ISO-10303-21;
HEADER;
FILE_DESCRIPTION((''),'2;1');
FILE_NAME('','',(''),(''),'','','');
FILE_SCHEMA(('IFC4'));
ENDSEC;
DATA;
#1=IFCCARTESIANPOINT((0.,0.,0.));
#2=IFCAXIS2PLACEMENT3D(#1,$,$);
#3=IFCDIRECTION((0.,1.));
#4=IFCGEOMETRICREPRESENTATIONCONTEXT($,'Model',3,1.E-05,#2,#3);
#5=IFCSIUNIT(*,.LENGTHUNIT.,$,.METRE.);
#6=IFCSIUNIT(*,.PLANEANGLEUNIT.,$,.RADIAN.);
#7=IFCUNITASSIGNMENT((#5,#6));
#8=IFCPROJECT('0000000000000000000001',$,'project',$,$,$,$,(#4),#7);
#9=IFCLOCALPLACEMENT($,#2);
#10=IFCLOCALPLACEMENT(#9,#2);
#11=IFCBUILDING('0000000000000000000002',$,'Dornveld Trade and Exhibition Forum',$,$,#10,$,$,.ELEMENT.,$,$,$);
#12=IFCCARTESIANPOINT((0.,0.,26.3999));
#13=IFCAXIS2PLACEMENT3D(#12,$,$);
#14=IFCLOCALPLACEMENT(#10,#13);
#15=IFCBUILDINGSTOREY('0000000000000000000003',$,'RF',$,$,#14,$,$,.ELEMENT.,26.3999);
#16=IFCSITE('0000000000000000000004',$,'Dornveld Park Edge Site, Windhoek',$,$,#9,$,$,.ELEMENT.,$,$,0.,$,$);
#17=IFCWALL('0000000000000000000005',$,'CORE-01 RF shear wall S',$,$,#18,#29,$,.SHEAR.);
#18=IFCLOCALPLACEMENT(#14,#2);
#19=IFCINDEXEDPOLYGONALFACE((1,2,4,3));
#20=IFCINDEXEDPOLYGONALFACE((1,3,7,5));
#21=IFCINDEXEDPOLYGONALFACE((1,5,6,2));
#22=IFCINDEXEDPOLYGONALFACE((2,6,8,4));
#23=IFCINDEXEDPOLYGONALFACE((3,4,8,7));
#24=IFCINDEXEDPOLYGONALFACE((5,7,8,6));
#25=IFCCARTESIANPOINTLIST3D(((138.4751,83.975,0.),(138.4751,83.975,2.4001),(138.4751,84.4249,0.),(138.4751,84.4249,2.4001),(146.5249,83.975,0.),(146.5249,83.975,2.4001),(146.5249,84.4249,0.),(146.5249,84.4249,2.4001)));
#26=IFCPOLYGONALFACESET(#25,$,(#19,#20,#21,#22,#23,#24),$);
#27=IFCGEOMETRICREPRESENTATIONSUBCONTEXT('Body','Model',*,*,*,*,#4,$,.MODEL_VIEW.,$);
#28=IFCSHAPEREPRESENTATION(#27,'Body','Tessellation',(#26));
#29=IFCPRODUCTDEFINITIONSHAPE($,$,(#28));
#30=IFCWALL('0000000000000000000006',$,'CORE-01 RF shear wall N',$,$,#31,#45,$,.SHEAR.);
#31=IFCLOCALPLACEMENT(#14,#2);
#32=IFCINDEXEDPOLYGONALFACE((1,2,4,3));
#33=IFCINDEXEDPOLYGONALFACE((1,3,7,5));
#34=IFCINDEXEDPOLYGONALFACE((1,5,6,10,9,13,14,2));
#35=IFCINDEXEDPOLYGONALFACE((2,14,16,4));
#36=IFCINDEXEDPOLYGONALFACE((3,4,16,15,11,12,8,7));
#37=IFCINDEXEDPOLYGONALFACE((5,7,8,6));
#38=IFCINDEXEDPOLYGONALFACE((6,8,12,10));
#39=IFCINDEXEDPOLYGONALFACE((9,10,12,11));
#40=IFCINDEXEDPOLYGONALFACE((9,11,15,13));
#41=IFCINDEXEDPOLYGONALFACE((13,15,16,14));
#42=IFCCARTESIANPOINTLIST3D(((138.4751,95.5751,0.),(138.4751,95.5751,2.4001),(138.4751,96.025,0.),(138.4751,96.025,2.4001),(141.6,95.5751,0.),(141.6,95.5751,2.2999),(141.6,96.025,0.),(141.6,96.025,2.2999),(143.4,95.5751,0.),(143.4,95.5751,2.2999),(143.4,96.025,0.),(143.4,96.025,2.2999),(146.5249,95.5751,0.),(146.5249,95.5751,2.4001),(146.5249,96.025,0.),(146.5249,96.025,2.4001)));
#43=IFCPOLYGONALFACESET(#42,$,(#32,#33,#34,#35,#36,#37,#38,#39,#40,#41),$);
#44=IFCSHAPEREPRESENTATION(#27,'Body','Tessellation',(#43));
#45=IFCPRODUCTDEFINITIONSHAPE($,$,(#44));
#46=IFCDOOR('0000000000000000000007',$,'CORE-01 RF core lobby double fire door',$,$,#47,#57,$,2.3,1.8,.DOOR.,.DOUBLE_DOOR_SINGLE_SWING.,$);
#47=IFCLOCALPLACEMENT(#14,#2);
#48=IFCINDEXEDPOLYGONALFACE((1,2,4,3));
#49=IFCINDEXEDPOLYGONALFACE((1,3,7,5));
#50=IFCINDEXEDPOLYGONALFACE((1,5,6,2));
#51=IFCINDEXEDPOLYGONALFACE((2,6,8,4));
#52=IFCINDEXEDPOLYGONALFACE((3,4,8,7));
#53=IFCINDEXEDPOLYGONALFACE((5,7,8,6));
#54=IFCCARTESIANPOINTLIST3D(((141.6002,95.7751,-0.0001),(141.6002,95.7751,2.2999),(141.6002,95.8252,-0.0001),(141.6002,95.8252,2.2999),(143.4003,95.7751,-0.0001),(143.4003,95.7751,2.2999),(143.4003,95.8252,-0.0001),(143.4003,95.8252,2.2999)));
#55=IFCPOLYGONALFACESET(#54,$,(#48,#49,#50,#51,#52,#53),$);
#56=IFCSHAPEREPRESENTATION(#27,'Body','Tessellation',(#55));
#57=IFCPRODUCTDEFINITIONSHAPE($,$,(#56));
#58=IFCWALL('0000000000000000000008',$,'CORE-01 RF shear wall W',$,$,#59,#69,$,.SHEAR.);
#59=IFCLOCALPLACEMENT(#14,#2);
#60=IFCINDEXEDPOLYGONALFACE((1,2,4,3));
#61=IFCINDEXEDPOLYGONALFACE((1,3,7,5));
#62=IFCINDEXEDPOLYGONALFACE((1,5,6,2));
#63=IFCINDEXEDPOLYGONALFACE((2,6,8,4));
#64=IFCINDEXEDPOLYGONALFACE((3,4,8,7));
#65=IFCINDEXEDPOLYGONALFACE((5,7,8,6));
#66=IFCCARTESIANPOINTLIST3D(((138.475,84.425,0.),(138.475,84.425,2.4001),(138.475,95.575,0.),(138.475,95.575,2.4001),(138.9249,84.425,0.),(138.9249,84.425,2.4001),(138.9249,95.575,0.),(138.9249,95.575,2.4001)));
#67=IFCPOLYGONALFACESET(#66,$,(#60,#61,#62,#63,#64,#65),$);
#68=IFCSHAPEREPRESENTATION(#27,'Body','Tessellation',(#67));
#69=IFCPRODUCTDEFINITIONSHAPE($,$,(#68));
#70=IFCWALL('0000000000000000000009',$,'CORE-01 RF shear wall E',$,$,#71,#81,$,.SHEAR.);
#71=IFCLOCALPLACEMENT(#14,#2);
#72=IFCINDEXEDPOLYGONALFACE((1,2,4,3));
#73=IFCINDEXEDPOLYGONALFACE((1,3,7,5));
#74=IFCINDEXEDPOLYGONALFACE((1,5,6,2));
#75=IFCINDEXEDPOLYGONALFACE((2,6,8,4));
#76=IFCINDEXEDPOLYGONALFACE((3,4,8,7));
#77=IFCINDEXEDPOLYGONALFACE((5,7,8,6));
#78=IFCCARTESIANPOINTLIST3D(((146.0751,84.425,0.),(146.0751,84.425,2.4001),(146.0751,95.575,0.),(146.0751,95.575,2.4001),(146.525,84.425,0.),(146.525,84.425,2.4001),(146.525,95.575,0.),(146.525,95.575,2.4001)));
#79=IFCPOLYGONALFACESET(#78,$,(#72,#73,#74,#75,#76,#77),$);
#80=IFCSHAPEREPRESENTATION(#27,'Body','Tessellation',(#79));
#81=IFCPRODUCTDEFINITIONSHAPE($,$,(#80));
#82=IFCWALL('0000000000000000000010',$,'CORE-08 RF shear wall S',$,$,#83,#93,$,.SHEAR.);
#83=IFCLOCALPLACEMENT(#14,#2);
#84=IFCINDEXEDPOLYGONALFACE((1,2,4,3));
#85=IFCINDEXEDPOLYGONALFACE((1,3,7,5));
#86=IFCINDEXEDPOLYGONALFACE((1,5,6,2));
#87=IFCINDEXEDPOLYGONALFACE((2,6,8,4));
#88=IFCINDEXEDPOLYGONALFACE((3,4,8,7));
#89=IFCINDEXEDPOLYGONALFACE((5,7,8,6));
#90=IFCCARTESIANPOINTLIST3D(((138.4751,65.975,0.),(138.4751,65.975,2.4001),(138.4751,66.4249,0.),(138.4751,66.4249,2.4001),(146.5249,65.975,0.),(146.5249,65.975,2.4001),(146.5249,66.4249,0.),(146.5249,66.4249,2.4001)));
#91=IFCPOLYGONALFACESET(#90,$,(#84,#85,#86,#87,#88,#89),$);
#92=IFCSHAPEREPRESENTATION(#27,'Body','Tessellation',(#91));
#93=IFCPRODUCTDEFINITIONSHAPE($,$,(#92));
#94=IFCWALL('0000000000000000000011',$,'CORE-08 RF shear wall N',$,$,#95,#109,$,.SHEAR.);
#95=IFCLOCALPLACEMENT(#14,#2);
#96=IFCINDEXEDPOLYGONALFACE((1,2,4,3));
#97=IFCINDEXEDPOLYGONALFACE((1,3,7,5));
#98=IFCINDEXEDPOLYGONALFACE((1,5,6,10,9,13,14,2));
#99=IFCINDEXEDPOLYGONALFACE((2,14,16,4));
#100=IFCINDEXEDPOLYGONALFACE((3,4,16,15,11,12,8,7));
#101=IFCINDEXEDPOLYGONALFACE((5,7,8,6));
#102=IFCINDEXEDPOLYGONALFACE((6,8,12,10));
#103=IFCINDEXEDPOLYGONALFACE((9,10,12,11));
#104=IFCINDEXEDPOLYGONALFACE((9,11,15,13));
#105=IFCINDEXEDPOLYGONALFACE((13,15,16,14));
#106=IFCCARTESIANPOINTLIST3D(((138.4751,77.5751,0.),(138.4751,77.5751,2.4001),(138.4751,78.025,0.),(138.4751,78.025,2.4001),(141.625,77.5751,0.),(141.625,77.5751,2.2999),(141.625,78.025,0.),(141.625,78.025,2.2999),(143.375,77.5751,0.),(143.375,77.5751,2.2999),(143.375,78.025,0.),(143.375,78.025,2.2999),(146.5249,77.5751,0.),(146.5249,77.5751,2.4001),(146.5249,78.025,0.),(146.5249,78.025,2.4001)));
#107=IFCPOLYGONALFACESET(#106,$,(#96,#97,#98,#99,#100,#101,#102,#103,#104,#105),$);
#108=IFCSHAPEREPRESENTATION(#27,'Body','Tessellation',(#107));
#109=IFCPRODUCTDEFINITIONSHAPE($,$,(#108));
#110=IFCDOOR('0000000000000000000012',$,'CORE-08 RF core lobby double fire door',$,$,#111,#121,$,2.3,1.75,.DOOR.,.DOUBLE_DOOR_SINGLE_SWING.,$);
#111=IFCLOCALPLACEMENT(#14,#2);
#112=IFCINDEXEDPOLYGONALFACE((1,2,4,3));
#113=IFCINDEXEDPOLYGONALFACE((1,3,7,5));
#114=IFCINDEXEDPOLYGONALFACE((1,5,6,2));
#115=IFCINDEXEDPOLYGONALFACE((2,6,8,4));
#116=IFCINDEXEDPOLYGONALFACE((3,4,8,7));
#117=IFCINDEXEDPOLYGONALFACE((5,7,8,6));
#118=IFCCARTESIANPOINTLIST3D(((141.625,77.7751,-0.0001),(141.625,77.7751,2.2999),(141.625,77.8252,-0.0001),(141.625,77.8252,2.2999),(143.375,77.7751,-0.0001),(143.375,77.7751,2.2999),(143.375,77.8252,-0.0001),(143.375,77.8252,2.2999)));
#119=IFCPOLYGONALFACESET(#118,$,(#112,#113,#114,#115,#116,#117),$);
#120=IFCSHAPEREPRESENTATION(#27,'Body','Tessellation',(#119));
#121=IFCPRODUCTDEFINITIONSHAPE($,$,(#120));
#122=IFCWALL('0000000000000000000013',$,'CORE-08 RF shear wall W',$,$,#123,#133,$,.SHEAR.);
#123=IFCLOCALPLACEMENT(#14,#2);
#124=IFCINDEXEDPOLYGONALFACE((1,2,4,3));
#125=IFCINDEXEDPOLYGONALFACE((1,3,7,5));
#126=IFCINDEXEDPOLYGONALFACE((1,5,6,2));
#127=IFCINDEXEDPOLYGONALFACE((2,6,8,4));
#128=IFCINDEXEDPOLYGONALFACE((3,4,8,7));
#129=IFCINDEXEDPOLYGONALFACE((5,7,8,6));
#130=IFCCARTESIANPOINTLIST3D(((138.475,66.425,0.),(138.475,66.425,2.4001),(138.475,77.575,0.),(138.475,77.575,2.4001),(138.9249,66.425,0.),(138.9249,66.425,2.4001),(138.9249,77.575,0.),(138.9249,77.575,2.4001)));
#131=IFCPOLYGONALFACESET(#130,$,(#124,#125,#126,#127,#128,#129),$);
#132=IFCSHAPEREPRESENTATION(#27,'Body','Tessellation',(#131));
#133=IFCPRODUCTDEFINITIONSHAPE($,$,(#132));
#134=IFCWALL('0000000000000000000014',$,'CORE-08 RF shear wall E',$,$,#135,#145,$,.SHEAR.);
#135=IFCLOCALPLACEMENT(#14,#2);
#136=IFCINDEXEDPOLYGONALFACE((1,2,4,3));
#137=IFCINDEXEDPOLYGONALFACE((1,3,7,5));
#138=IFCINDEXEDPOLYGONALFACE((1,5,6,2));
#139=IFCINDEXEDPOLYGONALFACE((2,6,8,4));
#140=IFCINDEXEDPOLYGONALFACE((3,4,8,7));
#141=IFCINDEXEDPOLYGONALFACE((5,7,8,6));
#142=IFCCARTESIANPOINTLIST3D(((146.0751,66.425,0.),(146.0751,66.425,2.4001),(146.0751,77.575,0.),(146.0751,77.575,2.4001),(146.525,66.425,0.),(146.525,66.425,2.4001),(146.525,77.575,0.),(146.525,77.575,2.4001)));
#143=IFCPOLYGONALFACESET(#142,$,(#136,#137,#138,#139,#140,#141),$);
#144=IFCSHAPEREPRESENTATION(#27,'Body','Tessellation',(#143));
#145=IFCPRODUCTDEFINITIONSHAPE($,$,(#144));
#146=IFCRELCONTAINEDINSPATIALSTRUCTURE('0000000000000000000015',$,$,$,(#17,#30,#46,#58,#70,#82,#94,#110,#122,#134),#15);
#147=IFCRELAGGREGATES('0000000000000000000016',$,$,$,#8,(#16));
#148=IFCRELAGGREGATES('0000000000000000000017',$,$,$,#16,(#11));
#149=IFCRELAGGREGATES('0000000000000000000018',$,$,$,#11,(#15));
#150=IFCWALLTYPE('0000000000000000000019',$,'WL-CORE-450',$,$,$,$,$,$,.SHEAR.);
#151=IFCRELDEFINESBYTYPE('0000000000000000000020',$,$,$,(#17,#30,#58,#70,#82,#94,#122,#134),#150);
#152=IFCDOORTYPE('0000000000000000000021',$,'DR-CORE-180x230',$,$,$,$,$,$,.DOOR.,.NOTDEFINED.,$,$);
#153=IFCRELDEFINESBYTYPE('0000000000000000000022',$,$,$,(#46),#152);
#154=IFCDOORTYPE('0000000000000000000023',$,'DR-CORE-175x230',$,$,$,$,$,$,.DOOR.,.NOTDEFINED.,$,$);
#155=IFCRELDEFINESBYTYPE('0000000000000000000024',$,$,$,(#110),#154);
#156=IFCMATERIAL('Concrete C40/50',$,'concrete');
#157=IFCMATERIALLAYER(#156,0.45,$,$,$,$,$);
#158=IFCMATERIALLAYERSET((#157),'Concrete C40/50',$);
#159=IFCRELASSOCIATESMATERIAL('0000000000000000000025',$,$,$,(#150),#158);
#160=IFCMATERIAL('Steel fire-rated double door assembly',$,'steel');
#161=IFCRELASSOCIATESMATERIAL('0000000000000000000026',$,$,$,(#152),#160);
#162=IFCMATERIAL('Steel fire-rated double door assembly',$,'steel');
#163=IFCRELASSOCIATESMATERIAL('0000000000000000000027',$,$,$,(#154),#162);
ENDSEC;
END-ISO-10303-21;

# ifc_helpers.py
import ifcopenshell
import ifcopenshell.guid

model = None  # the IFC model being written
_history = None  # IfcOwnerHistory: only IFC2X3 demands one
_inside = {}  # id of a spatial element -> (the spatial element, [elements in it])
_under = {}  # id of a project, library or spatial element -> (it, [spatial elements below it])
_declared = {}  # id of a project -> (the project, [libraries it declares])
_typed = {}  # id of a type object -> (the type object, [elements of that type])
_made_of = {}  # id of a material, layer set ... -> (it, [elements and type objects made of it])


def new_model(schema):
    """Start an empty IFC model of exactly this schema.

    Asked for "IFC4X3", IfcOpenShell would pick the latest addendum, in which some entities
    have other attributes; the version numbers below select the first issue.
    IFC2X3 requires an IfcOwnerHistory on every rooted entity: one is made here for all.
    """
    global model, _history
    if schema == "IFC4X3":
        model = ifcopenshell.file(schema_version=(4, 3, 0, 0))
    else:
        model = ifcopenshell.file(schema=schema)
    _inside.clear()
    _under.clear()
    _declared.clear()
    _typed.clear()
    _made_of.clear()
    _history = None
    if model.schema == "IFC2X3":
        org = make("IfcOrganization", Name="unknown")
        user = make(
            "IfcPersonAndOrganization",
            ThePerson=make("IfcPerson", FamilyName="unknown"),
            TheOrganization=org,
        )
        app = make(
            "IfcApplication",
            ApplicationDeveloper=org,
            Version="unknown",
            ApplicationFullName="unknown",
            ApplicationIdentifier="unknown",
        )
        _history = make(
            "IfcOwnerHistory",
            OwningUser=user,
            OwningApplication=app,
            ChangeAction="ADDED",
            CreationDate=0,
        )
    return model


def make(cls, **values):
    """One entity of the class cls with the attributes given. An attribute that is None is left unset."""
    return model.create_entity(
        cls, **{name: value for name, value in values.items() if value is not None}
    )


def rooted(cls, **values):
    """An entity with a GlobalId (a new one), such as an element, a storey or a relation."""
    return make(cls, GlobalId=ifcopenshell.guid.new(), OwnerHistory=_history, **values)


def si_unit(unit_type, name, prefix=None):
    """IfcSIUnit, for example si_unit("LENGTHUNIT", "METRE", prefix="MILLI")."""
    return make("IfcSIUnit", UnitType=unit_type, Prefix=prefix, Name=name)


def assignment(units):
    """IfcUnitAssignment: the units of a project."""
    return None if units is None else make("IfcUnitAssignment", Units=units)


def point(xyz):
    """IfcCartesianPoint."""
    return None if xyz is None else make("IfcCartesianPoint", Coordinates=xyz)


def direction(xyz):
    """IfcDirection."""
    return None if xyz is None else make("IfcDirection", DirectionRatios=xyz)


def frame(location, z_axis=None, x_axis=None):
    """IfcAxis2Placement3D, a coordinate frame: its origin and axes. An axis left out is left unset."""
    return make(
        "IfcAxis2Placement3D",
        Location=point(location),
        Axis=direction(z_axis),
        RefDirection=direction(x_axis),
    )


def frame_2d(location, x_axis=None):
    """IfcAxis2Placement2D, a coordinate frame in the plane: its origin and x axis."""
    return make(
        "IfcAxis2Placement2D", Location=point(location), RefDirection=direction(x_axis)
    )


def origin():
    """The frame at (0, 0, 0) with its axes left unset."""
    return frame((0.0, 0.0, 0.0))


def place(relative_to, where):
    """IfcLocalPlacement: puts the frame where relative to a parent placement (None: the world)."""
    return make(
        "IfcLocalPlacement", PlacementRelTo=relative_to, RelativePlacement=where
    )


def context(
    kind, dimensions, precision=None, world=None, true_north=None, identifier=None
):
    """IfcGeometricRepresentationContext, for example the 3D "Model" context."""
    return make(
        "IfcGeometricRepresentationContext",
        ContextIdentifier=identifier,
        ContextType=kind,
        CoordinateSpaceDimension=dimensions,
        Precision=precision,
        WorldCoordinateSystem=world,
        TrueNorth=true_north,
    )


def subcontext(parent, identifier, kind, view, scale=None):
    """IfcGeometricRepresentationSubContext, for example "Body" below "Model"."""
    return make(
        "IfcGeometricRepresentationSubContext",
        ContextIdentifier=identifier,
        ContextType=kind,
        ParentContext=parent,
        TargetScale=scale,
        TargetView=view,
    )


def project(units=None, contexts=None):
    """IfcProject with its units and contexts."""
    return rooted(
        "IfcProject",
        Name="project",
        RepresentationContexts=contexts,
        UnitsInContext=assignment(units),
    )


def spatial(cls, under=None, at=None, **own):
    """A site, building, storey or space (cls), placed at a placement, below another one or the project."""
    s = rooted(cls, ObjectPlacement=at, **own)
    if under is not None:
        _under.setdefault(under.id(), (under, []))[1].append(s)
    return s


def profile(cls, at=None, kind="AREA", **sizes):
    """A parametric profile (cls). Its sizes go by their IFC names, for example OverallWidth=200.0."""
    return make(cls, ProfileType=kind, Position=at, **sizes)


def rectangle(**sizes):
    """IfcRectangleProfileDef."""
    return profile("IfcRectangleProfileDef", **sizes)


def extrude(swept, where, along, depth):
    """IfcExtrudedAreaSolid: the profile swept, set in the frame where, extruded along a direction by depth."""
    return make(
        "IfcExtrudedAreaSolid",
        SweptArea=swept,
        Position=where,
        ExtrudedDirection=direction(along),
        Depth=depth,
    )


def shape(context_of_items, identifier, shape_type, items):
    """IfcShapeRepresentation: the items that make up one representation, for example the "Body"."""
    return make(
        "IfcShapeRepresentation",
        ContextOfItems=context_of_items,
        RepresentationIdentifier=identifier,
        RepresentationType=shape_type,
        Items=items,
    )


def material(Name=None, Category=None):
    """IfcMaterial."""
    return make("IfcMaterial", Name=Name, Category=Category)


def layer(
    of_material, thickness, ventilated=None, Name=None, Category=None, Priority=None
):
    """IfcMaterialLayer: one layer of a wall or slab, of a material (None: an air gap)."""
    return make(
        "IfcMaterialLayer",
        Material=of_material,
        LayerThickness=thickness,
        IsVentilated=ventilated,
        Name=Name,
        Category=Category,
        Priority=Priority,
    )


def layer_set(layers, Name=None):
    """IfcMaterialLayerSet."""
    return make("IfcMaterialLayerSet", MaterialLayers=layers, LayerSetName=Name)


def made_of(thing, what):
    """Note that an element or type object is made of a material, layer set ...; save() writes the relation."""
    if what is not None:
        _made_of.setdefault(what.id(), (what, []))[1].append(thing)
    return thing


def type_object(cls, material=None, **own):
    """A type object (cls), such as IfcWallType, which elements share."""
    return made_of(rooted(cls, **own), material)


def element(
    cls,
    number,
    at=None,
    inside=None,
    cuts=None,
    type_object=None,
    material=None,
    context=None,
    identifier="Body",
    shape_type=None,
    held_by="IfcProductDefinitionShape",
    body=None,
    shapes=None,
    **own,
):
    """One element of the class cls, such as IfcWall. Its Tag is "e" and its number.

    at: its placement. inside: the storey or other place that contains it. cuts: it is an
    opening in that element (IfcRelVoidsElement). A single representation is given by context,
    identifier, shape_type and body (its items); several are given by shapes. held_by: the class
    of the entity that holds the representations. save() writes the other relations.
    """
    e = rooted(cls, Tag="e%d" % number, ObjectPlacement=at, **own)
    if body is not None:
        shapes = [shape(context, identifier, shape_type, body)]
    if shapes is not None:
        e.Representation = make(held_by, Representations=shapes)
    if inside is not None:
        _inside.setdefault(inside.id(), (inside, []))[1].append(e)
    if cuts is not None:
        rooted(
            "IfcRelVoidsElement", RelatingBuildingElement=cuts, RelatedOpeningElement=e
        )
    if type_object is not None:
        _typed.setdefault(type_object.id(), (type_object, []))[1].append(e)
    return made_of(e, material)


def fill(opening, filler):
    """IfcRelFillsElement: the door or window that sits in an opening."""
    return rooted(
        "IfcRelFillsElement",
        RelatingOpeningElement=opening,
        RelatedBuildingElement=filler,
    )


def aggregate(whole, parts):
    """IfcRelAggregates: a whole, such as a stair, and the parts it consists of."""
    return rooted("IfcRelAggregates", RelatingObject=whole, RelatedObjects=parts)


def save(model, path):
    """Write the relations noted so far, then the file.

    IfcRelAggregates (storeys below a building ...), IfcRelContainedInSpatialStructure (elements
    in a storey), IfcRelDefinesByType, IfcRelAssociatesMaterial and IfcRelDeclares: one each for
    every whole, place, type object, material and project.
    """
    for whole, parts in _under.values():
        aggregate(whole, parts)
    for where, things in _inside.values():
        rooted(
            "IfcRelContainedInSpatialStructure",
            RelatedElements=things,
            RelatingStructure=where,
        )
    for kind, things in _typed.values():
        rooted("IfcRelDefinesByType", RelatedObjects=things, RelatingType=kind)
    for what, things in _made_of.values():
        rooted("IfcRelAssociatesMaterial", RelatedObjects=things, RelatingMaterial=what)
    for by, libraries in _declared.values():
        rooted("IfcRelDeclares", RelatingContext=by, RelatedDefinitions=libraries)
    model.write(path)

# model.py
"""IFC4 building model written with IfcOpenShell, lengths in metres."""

from ifc_helpers import new_model, si_unit, direction, frame, frame_2d, origin, place, context, subcontext, project, spatial, rectangle, extrude, material, layer, layer_set, type_object, element, fill, save


model = new_model("IFC4")

# Units and contexts
model_context = context("Model", 3, precision=1e-05, world=origin(), true_north=direction((0.0, 1.0)))
body_context = subcontext(model_context, "Body", "Model", "MODEL_VIEW")
ifc_project = project(units=[si_unit("LENGTHUNIT", "METRE"), si_unit("PLANEANGLEUNIT", "RADIAN")], contexts=[model_context])

# Site, building, storey
site_placement = place(None, origin())
site = spatial("IfcSite", under=ifc_project, at=site_placement, Name="Dornveld Park Edge Site, Windhoek", CompositionType="ELEMENT", RefElevation=0.0)
building_placement = place(site_placement, origin())
building = spatial("IfcBuilding", under=site, at=building_placement, Name="Dornveld Trade and Exhibition Forum", CompositionType="ELEMENT")
storey_placement = place(building_placement, frame((0.0, 0.0, 26.3999)))
storey = spatial("IfcBuildingStorey", under=building, at=storey_placement, Name="RF", CompositionType="ELEMENT", Elevation=26.3999)

# Wall
ifc_material_1 = material(Name="Concrete C40/50", Category="concrete")
ifc_layer_1 = layer(ifc_material_1, 0.45)
ifc_layer_set_1 = layer_set([ifc_layer_1], Name="Concrete C40/50")
wall_type_1 = type_object("IfcWallType", Name="WL-CORE-450", PredefinedType="SHEAR", material=ifc_layer_set_1)
wall_1_placement = place(storey_placement, frame((138.4751, 84.2, 0.0), z_axis=(0.0, 0.0, 1.0), x_axis=(1.0, 0.0, 0.0)))
element("IfcWall", 1, at=wall_1_placement, inside=storey, type_object=wall_type_1, Name="CORE-01 RF shear wall S", PredefinedType="SHEAR", context=body_context, shape_type="SweptSolid", body=[
    extrude(rectangle(XDim=8.0498, YDim=0.45, at=frame_2d((4.0249, 0.0))), origin(), (0.0, 0.0, 1.0), 2.4001),
])

# Wall, opening, door
wall_2_placement = place(storey_placement, frame((138.4751, 95.8, 0.0), z_axis=(0.0, 0.0, 1.0), x_axis=(1.0, 0.0, 0.0)))
wall_2 = element("IfcWall", 2, at=wall_2_placement, inside=storey, type_object=wall_type_1, Name="CORE-01 RF shear wall N", PredefinedType="SHEAR", context=body_context, shape_type="SweptSolid", body=[
    extrude(rectangle(XDim=8.0498, YDim=0.45, at=frame_2d((4.0249, 0.0))), origin(), (0.0, 0.0, 1.0), 2.4001),
])
opening_1_placement = place(wall_2_placement, frame((3.125, 0.0, 0.0)))
opening_1 = element("IfcOpeningElement", 3, at=opening_1_placement, cuts=wall_2, PredefinedType="OPENING", context=body_context, shape_type="SweptSolid", body=[
    extrude(rectangle(XDim=1.8, YDim=2.3, at=frame_2d((0.8999, 1.1499))), frame((0.0, 0.2349, 0.0), z_axis=(0.0, -1.0, 0.0), x_axis=(1.0, 0.0, 0.0)), (0.0, 0.0, 1.0), 0.47),
])
ifc_material_2 = material(Name="Steel fire-rated double door assembly", Category="steel")
door_type_1 = type_object("IfcDoorType", Name="DR-CORE-180x230", OperationType="NOTDEFINED", PredefinedType="DOOR", material=ifc_material_2)
door_1_placement = place(opening_1_placement, frame((1.8, 0.0, 0.0), z_axis=(0.0, 0.0, 1.0), x_axis=(-1.0, 0.0, 0.0)))
door_1 = element("IfcDoor", 4, at=door_1_placement, inside=storey, type_object=door_type_1, Name="CORE-01 RF core lobby double fire door", OperationType="DOUBLE_DOOR_SINGLE_SWING", OverallHeight=2.3, OverallWidth=1.8, PredefinedType="DOOR", context=body_context, shape_type="SweptSolid", body=[
    extrude(rectangle(XDim=1.8, YDim=2.3, at=frame_2d((0.8999, 1.1499))), frame((0.0, 0.0249, 0.0), z_axis=(0.0, -1.0, 0.0), x_axis=(1.0, 0.0, 0.0)), (0.0, 0.0, 1.0), 0.05),
])
fill(opening_1, door_1)

# Walls
for number, where, z_axis, x_axis, name in (
    (5, (138.7, 84.425, 0.0), (0.0, 0.0, 1.0), (0.0, 1.0, 0.0), "CORE-01 RF shear wall W"),
    (6, (146.3, 84.425, 0.0), (0.0, 0.0, 1.0), (0.0, 1.0, 0.0), "CORE-01 RF shear wall E"),
):
    element("IfcWall", number, at=place(storey_placement, frame(where, z_axis=z_axis, x_axis=x_axis)), inside=storey, type_object=wall_type_1, Name=name, PredefinedType="SHEAR", context=body_context, shape_type="SweptSolid", body=[
        extrude(rectangle(XDim=11.1499, YDim=0.45, at=frame_2d((5.575, 0.0))), origin(), (0.0, 0.0, 1.0), 2.4001),
    ])
wall_3_placement = place(storey_placement, frame((138.4751, 66.2, 0.0), z_axis=(0.0, 0.0, 1.0), x_axis=(1.0, 0.0, 0.0)))
element("IfcWall", 7, at=wall_3_placement, inside=storey, type_object=wall_type_1, Name="CORE-08 RF shear wall S", PredefinedType="SHEAR", context=body_context, shape_type="SweptSolid", body=[
    extrude(rectangle(XDim=8.0498, YDim=0.45, at=frame_2d((4.0249, 0.0))), origin(), (0.0, 0.0, 1.0), 2.4001),
])

# Wall, opening, door
wall_4_placement = place(storey_placement, frame((138.4751, 77.8, 0.0), z_axis=(0.0, 0.0, 1.0), x_axis=(1.0, 0.0, 0.0)))
wall_4 = element("IfcWall", 8, at=wall_4_placement, inside=storey, type_object=wall_type_1, Name="CORE-08 RF shear wall N", PredefinedType="SHEAR", context=body_context, shape_type="SweptSolid", body=[
    extrude(rectangle(XDim=8.0498, YDim=0.45, at=frame_2d((4.0249, 0.0))), origin(), (0.0, 0.0, 1.0), 2.4001),
])
opening_2_placement = place(wall_4_placement, frame((3.1499, 0.0, 0.0)))
opening_2 = element("IfcOpeningElement", 9, at=opening_2_placement, cuts=wall_4, PredefinedType="OPENING", context=body_context, shape_type="SweptSolid", body=[
    extrude(rectangle(XDim=1.75, YDim=2.3, at=frame_2d((0.875, 1.1499))), frame((0.0, 0.2349, 0.0), z_axis=(0.0, -1.0, 0.0), x_axis=(1.0, 0.0, 0.0)), (0.0, 0.0, 1.0), 0.47),
])
ifc_material_3 = material(Name="Steel fire-rated double door assembly", Category="steel")
door_type_2 = type_object("IfcDoorType", Name="DR-CORE-175x230", OperationType="NOTDEFINED", PredefinedType="DOOR", material=ifc_material_3)
door_2_placement = place(opening_2_placement, frame((1.75, 0.0, 0.0), z_axis=(0.0, 0.0, 1.0), x_axis=(-1.0, 0.0, 0.0)))
door_2 = element("IfcDoor", 10, at=door_2_placement, inside=storey, type_object=door_type_2, Name="CORE-08 RF core lobby double fire door", OperationType="DOUBLE_DOOR_SINGLE_SWING", OverallHeight=2.3, OverallWidth=1.75, PredefinedType="DOOR", context=body_context, shape_type="SweptSolid", body=[
    extrude(rectangle(XDim=1.75, YDim=2.3, at=frame_2d((0.875, 1.1499))), frame((0.0, 0.0249, 0.0), z_axis=(0.0, -1.0, 0.0), x_axis=(1.0, 0.0, 0.0)), (0.0, 0.0, 1.0), 0.05),
])
fill(opening_2, door_2)

# Walls
for number, where, z_axis, x_axis, name in (
    (11, (138.7, 66.425, 0.0), (0.0, 0.0, 1.0), (0.0, 1.0, 0.0), "CORE-08 RF shear wall W"),
    (12, (146.3, 66.425, 0.0), (0.0, 0.0, 1.0), (0.0, 1.0, 0.0), "CORE-08 RF shear wall E"),
):
    element("IfcWall", number, at=place(storey_placement, frame(where, z_axis=z_axis, x_axis=x_axis)), inside=storey, type_object=wall_type_1, Name=name, PredefinedType="SHEAR", context=body_context, shape_type="SweptSolid", body=[
        extrude(rectangle(XDim=11.1499, YDim=0.45, at=frame_2d((5.575, 0.0))), origin(), (0.0, 0.0, 1.0), 2.4001),
    ])

save(model, "model.ifc")
